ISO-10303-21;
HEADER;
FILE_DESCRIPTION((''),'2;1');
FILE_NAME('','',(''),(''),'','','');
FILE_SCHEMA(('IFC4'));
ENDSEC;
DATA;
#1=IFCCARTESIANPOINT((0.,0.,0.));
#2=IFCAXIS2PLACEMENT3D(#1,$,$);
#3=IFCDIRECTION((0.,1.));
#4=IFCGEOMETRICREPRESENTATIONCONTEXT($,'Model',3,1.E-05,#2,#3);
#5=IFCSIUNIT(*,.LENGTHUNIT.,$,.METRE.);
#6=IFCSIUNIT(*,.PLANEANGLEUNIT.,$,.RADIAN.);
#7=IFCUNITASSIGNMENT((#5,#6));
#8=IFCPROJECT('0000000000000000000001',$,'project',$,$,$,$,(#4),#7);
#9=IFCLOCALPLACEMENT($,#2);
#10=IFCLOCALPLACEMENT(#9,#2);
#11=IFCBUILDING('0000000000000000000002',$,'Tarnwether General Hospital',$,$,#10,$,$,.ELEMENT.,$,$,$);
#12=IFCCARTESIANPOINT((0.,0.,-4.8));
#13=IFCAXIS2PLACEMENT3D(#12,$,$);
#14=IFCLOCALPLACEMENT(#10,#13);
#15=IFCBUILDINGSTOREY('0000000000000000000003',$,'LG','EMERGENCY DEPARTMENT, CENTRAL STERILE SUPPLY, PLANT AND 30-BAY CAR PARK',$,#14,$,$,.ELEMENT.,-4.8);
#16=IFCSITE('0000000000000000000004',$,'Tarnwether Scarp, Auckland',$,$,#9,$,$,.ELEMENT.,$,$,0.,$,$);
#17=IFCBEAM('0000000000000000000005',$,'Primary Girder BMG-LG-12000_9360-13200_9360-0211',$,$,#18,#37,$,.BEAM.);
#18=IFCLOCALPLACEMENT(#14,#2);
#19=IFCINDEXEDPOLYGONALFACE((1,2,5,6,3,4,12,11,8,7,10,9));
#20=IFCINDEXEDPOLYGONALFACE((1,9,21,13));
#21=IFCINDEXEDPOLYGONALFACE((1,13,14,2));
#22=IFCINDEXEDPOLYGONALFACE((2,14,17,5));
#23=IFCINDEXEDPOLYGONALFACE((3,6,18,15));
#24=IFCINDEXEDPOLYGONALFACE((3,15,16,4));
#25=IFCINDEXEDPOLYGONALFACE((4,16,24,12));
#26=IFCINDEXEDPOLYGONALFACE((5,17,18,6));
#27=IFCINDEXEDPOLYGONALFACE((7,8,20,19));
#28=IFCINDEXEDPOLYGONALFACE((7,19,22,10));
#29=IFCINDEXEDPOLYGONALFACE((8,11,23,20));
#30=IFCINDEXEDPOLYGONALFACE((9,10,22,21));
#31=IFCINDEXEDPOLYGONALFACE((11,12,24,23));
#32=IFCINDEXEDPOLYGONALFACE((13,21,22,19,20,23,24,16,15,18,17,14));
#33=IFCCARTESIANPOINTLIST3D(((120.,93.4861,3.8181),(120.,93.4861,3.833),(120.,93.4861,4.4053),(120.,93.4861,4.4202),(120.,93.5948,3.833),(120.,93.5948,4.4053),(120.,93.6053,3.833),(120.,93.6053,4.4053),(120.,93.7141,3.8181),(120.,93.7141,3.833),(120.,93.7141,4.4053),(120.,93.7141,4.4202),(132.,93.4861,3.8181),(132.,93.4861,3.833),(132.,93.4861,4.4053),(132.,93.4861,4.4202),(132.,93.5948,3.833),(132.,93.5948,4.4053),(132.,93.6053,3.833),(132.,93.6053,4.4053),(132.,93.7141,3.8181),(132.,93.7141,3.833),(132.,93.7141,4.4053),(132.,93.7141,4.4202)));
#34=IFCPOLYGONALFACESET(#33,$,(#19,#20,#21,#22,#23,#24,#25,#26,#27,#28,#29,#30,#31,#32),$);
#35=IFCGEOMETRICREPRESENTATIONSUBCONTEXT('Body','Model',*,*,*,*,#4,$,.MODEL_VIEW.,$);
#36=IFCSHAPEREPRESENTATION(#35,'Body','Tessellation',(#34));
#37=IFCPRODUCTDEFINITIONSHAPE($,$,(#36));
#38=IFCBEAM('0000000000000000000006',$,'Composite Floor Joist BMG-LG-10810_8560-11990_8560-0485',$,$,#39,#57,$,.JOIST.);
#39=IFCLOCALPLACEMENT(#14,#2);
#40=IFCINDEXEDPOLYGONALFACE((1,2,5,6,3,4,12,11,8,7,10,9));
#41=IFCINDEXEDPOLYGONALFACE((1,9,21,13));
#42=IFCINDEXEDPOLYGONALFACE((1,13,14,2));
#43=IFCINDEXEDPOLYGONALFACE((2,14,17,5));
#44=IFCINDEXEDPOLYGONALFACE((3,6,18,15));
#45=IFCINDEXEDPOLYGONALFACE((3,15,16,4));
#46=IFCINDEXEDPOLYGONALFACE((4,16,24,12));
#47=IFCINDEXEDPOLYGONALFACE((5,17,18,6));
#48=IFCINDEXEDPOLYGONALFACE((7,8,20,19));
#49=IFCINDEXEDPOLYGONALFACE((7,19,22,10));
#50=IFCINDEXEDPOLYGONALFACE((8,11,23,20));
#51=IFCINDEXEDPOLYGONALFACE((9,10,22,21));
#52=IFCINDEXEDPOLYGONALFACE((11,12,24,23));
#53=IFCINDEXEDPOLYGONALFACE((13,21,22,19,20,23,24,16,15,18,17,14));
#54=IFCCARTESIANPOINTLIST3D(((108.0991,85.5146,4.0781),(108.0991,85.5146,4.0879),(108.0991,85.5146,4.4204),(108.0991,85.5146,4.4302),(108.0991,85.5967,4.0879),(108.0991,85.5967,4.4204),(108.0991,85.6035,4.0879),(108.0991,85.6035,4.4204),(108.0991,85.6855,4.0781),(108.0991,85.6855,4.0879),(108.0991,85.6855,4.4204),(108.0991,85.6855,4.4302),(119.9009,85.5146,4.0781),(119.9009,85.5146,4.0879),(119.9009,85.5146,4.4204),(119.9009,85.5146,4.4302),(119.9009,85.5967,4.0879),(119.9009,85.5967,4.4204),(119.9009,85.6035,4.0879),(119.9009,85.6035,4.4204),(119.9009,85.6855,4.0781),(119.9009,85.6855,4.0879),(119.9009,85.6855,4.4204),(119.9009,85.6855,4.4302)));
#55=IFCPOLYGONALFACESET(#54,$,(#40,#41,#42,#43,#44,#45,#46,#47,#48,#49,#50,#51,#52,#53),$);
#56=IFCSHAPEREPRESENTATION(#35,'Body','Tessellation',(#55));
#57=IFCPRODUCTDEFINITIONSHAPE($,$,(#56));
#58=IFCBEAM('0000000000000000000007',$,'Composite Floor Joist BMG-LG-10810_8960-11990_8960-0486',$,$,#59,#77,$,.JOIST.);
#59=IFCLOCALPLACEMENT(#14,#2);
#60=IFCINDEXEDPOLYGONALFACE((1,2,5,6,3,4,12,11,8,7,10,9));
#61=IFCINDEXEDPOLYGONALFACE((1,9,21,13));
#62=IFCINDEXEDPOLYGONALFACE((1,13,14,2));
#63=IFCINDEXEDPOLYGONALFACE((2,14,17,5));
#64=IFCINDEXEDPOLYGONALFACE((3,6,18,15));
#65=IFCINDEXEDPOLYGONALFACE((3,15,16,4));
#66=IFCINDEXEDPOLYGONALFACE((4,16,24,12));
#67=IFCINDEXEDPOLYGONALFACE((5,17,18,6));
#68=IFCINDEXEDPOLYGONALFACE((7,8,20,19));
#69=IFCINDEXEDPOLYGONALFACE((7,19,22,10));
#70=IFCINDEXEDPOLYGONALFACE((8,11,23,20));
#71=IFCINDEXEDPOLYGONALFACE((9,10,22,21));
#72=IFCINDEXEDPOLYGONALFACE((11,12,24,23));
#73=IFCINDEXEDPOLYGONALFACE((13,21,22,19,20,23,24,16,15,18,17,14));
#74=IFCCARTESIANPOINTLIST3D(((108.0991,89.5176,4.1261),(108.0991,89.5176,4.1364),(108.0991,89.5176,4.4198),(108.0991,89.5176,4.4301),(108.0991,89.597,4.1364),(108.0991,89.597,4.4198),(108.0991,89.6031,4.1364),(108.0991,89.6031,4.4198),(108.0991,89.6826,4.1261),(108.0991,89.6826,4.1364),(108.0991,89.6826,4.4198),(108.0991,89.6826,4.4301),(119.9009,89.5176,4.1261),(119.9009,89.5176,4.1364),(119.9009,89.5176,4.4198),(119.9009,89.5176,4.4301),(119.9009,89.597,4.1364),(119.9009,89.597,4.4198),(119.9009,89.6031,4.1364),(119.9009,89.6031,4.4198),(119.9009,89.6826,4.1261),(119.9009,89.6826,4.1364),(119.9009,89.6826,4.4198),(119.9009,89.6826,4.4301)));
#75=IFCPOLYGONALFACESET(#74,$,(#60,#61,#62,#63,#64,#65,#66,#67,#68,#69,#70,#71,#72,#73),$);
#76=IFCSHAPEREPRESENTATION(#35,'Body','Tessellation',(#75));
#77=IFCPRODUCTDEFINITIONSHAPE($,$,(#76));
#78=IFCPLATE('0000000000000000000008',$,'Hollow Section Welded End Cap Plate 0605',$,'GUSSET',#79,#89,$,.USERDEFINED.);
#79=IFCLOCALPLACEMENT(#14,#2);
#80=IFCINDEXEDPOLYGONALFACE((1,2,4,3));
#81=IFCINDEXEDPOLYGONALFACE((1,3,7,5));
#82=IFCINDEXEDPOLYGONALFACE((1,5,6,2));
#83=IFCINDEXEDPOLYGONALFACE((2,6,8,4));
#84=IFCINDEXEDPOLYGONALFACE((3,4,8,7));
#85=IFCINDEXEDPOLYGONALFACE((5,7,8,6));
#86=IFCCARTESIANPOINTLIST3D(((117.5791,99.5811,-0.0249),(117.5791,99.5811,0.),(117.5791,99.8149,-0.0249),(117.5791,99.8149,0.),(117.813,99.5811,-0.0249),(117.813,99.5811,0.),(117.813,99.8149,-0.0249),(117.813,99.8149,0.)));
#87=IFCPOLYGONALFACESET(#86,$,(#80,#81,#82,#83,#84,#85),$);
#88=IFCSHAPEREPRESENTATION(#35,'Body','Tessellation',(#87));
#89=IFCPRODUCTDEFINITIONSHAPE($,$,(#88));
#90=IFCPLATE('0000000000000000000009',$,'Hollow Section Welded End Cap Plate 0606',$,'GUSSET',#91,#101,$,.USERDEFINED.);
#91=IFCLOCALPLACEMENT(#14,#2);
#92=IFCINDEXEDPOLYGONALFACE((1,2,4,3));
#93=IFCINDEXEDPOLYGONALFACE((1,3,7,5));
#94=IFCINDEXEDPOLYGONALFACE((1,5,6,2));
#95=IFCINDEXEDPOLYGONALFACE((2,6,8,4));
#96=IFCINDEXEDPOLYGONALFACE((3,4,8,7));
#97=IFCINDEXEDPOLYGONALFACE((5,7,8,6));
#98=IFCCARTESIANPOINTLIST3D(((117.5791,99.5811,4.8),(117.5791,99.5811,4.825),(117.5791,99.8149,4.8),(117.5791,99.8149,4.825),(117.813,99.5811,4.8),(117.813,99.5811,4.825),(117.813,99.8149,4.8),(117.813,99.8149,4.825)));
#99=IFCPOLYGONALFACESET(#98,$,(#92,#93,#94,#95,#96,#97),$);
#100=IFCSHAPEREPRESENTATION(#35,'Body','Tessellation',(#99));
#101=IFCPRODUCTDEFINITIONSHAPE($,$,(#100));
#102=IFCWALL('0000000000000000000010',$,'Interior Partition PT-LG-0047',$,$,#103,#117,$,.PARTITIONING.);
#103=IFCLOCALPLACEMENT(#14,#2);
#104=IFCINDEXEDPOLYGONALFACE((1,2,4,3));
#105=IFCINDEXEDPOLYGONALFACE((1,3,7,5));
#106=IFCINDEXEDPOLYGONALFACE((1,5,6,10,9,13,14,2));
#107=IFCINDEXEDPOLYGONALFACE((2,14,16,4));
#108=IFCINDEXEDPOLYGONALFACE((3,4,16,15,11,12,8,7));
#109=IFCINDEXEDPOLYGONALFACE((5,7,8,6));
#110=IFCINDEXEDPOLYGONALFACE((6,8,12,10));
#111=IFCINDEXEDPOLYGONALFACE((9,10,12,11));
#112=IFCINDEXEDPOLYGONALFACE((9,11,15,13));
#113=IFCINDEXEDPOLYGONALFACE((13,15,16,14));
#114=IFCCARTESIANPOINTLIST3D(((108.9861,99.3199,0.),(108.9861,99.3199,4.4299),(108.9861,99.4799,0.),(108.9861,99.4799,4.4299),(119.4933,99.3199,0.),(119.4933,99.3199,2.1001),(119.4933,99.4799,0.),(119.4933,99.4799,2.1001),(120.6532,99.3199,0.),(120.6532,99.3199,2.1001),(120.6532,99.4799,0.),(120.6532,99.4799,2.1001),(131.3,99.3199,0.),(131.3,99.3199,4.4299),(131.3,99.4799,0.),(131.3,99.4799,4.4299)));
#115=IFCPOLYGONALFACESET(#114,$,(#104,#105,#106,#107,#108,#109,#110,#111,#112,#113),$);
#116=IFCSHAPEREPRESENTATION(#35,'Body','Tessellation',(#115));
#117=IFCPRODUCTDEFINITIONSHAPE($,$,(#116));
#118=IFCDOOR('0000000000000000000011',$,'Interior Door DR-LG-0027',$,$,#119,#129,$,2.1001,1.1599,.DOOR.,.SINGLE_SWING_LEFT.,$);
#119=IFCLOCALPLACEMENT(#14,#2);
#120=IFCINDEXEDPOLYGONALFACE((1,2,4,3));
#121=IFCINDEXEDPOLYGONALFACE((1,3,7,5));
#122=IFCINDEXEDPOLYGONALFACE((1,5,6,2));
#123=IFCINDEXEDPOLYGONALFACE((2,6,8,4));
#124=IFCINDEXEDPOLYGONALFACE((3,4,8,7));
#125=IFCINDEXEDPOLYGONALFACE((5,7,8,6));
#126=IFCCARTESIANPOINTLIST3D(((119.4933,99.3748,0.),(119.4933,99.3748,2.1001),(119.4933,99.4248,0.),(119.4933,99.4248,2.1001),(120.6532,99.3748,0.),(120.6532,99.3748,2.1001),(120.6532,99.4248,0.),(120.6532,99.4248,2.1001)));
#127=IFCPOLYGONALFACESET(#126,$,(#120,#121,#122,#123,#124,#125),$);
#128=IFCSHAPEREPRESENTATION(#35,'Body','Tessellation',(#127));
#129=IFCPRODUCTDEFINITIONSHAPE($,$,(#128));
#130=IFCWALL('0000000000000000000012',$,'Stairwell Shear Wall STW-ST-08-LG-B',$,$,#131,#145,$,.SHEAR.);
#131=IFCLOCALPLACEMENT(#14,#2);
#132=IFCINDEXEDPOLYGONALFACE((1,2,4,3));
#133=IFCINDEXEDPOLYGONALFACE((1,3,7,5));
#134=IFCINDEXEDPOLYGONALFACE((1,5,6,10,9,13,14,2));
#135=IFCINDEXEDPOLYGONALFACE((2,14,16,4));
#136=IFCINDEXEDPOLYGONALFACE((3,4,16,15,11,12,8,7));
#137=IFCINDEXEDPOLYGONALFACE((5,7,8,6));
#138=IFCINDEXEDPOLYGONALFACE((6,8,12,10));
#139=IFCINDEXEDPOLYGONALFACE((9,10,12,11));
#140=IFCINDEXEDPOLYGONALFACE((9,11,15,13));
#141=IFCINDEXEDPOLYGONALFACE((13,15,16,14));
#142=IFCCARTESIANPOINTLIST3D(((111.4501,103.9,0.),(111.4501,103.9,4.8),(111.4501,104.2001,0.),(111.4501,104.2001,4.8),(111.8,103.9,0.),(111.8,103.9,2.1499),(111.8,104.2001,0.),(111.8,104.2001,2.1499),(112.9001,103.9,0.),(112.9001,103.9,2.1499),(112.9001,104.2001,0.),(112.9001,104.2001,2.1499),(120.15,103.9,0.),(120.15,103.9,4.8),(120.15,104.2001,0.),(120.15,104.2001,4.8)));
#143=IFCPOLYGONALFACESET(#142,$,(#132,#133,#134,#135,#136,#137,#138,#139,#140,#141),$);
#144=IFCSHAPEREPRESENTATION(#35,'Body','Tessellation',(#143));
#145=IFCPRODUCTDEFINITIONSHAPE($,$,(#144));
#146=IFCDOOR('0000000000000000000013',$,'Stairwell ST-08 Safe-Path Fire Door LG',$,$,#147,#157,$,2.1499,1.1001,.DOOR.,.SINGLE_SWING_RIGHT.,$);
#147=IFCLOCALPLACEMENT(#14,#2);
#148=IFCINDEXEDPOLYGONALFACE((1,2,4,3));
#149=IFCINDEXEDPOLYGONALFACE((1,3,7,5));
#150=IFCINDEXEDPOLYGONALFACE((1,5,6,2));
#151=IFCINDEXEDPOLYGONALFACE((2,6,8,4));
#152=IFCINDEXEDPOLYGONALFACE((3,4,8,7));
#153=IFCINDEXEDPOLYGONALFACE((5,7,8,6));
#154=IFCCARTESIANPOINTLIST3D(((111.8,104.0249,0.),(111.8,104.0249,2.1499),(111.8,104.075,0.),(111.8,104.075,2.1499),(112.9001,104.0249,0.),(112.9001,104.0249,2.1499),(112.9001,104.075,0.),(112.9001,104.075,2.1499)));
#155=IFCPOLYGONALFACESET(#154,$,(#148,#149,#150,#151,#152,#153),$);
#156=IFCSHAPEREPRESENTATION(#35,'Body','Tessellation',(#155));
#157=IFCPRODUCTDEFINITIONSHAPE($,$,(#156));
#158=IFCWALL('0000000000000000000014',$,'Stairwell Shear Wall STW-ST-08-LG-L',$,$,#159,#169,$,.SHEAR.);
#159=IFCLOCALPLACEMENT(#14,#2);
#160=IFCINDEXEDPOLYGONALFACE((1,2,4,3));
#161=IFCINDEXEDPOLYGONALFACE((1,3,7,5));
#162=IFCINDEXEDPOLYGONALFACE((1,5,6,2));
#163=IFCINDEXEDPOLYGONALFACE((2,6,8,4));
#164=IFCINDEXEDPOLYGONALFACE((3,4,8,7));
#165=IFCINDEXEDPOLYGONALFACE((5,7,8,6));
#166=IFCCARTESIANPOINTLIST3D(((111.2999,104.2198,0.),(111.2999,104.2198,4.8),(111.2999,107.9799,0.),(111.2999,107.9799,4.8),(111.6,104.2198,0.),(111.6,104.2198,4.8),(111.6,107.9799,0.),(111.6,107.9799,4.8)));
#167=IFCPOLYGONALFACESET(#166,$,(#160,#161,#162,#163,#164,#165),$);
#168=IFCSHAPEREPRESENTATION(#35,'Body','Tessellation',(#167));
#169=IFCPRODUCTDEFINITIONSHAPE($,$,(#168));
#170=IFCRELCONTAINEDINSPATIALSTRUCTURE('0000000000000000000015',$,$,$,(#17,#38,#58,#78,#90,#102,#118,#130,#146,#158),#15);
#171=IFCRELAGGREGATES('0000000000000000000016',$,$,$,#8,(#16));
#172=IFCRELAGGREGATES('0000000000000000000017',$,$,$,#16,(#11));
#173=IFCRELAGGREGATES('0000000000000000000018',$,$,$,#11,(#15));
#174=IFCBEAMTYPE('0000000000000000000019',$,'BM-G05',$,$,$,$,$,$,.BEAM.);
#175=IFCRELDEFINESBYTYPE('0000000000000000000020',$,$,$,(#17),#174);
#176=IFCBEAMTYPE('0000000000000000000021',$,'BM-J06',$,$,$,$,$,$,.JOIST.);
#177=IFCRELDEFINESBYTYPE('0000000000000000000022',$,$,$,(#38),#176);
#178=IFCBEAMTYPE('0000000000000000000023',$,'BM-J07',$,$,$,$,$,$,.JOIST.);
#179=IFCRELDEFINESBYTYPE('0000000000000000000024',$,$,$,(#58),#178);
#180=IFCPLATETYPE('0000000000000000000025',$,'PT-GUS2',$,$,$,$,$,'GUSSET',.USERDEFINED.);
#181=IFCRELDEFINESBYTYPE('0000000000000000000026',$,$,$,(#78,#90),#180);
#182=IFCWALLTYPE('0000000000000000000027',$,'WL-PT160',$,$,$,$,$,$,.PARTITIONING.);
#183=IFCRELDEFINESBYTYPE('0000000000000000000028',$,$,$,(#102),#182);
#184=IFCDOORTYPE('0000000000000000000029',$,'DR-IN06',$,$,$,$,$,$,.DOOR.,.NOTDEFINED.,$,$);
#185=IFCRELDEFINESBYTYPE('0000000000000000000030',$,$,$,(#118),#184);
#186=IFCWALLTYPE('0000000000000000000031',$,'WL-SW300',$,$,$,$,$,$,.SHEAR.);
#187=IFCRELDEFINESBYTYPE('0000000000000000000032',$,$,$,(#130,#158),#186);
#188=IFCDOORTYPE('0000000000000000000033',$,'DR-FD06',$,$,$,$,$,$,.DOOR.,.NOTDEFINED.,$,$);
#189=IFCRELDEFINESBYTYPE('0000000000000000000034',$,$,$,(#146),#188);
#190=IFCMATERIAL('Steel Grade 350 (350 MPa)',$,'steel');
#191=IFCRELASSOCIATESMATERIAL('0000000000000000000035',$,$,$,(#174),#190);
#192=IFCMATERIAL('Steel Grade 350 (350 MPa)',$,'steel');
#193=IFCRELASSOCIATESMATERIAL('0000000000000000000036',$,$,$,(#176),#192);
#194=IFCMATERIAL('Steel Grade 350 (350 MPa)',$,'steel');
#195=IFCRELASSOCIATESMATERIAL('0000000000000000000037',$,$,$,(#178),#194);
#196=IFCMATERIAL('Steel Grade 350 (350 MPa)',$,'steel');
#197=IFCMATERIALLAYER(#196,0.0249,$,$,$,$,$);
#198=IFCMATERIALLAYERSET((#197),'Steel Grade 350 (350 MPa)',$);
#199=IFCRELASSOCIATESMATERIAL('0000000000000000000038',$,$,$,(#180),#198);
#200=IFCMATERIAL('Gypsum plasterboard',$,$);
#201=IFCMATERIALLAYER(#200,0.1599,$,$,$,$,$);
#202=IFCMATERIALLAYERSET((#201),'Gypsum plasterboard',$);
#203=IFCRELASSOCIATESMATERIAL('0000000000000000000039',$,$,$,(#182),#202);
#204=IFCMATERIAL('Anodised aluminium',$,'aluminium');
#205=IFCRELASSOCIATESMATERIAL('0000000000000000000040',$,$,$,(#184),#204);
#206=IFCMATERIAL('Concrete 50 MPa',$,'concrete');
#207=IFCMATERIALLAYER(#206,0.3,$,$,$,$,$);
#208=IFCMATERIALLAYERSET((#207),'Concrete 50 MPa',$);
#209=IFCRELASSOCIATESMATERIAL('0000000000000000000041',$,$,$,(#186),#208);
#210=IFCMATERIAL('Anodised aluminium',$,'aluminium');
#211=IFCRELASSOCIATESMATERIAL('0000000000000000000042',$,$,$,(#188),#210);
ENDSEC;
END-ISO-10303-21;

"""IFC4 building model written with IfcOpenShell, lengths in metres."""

from ifc_helpers import new_model, si_unit, direction, frame, frame_2d, origin, origin_2d, place, context, subcontext, project, spatial, rectangle, i_section, extrude, material, layer, layer_set, material_profile, profile_set, type_object, element, fill, save


model = new_model("IFC4")

# Units and contexts
model_context = context("Model", 3, precision=1e-05, world=origin(), true_north=direction((0.0, 1.0)))
body_context = subcontext(model_context, "Body", "Model", "MODEL_VIEW")
ifc_project = project(units=[si_unit("LENGTHUNIT", "METRE"), si_unit("PLANEANGLEUNIT", "RADIAN")], contexts=[model_context])

# Site, building, storey
site_placement = place(None, origin())
site = spatial("IfcSite", under=ifc_project, at=site_placement, Name="Tarnwether Scarp, Auckland", CompositionType="ELEMENT", RefElevation=0.0)
building_placement = place(site_placement, origin())
building = spatial("IfcBuilding", under=site, at=building_placement, Name="Tarnwether General Hospital", CompositionType="ELEMENT")
storey_placement = place(building_placement, frame((0.0, 0.0, -4.8)))
storey = spatial("IfcBuildingStorey", under=building, at=storey_placement, Name="LG", Description="EMERGENCY DEPARTMENT, CENTRAL STERILE SUPPLY, PLANT AND 30-BAY CAR PARK", CompositionType="ELEMENT", Elevation=-4.8)

# Beams
ifc_material_1 = material(Name="Steel Grade 350 (350 MPa)", Category="steel")
ifc_material_profile_1 = material_profile(ifc_material_1, i_section(OverallWidth=0.228, OverallDepth=0.6021, WebThickness=0.0105, FlangeThickness=0.0149, at=origin_2d()), Name="610UB101")
ifc_profile_set_1 = profile_set([ifc_material_profile_1], Name="Steel Grade 350 (350 MPa)")
beam_type_1 = type_object("IfcBeamType", Name="BM-G05", PredefinedType="BEAM", material=ifc_profile_set_1)
beam_1_placement = place(storey_placement, frame((120.0, 93.6001, 4.1191), z_axis=(1.0, 0.0, 0.0), x_axis=(0.0, 1.0, 0.0)))
element("IfcBeam", 1, at=beam_1_placement, inside=storey, type_object=beam_type_1, Name="Primary Girder BMG-LG-12000_9360-13200_9360-0211", PredefinedType="BEAM", context=body_context, shape_type="SweptSolid", body=[
    extrude(i_section(OverallWidth=0.228, OverallDepth=0.6021, WebThickness=0.0105, FlangeThickness=0.0149, at=origin_2d()), origin(), (0.0, 0.0, 1.0), 12.0),
])
ifc_material_2 = material(Name="Steel Grade 350 (350 MPa)", Category="steel")
ifc_material_profile_2 = material_profile(ifc_material_2, i_section(OverallWidth=0.1709, OverallDepth=0.3521, WebThickness=0.0068, FlangeThickness=0.0098, at=origin_2d()), Name="360UB44.7")
ifc_profile_set_2 = profile_set([ifc_material_profile_2], Name="Steel Grade 350 (350 MPa)")
beam_type_2 = type_object("IfcBeamType", Name="BM-J06", PredefinedType="JOIST", material=ifc_profile_set_2)
beam_2_placement = place(storey_placement, frame((108.0991, 85.6001, 4.2542), z_axis=(1.0, 0.0, 0.0), x_axis=(0.0, 1.0, 0.0)))
element("IfcBeam", 2, at=beam_2_placement, inside=storey, type_object=beam_type_2, Name="Composite Floor Joist BMG-LG-10810_8560-11990_8560-0485", PredefinedType="JOIST", context=body_context, shape_type="SweptSolid", body=[
    extrude(i_section(OverallWidth=0.1709, OverallDepth=0.3521, WebThickness=0.0068, FlangeThickness=0.0098, at=origin_2d()), origin(), (0.0, 0.0, 1.0), 11.8018),
])
ifc_material_3 = material(Name="Steel Grade 350 (350 MPa)", Category="steel")
ifc_material_profile_3 = material_profile(ifc_material_3, i_section(OverallWidth=0.165, OverallDepth=0.304, WebThickness=0.0061, FlangeThickness=0.0103, at=origin_2d()), Name="310UB40.4")
ifc_profile_set_3 = profile_set([ifc_material_profile_3], Name="Steel Grade 350 (350 MPa)")
beam_type_3 = type_object("IfcBeamType", Name="BM-J07", PredefinedType="JOIST", material=ifc_profile_set_3)
beam_3_placement = place(storey_placement, frame((108.0991, 89.6001, 4.2781), z_axis=(1.0, 0.0, 0.0), x_axis=(0.0, 1.0, 0.0)))
element("IfcBeam", 3, at=beam_3_placement, inside=storey, type_object=beam_type_3, Name="Composite Floor Joist BMG-LG-10810_8960-11990_8960-0486", PredefinedType="JOIST", context=body_context, shape_type="SweptSolid", body=[
    extrude(i_section(OverallWidth=0.165, OverallDepth=0.304, WebThickness=0.0061, FlangeThickness=0.0103, at=origin_2d()), origin(), (0.0, 0.0, 1.0), 11.8018),
])

# Plates
ifc_material_4 = material(Name="Steel Grade 350 (350 MPa)", Category="steel")
ifc_layer_1 = layer(ifc_material_4, 0.0249)
ifc_layer_set_1 = layer_set([ifc_layer_1], Name="Steel Grade 350 (350 MPa)")
plate_type = type_object("IfcPlateType", Name="PT-GUS2", ElementType="GUSSET", PredefinedType="USERDEFINED", material=ifc_layer_set_1)
for number, where, z_axis, x_axis, name in (
    (4, (117.696, 99.698, -0.0249), (0.0, 0.0, 1.0), (1.0, 0.0, 0.0), "Hollow Section Welded End Cap Plate 0605"),
    (5, (117.696, 99.698, 4.8), (0.0, 0.0, 1.0), (1.0, 0.0, 0.0), "Hollow Section Welded End Cap Plate 0606"),
):
    element("IfcPlate", number, at=place(storey_placement, frame(where, z_axis=z_axis, x_axis=x_axis)), inside=storey, type_object=plate_type, Name=name, ObjectType="GUSSET", PredefinedType="USERDEFINED", context=body_context, shape_type="SweptSolid", body=[
        extrude(rectangle(XDim=0.2339, YDim=0.2339, at=origin_2d()), origin(), (0.0, 0.0, 1.0), 0.0249),
    ])

# Walls, openings, doors
ifc_material_5 = material(Name="Gypsum plasterboard")
ifc_layer_2 = layer(ifc_material_5, 0.1599)
ifc_layer_set_2 = layer_set([ifc_layer_2], Name="Gypsum plasterboard")
wall_type_1 = type_object("IfcWallType", Name="WL-PT160", PredefinedType="PARTITIONING", material=ifc_layer_set_2)
wall_1_placement = place(storey_placement, frame((108.9861, 99.3999, 0.0), z_axis=(0.0, 0.0, 1.0), x_axis=(1.0, 0.0, 0.0)))
wall_1 = element("IfcWall", 6, at=wall_1_placement, inside=storey, type_object=wall_type_1, Name="Interior Partition PT-LG-0047", PredefinedType="PARTITIONING", context=body_context, shape_type="SweptSolid", body=[
    extrude(rectangle(XDim=22.314, YDim=0.1599, at=frame_2d((11.157, 0.0))), origin(), (0.0, 0.0, 1.0), 4.4299),
])
opening_1_placement = place(wall_1_placement, frame((10.5071, 0.0, 0.0)))
opening_1 = element("IfcOpeningElement", 7, at=opening_1_placement, cuts=wall_1, PredefinedType="OPENING", context=body_context, shape_type="SweptSolid", body=[
    extrude(rectangle(XDim=1.1599, YDim=2.1001, at=frame_2d((0.5801, 1.05))), frame((0.0, 0.0898, 0.0), z_axis=(0.0, -1.0, 0.0), x_axis=(1.0, 0.0, 0.0)), (0.0, 0.0, 1.0), 0.1799),
])
ifc_material_6 = material(Name="Anodised aluminium", Category="aluminium")
door_type_1 = type_object("IfcDoorType", Name="DR-IN06", OperationType="NOTDEFINED", PredefinedType="DOOR", material=ifc_material_6)
door_1_placement = place(opening_1_placement, origin())
door_1 = element("IfcDoor", 8, at=door_1_placement, inside=storey, type_object=door_type_1, Name="Interior Door DR-LG-0027", OperationType="SINGLE_SWING_LEFT", OverallHeight=2.1001, OverallWidth=1.1599, PredefinedType="DOOR", context=body_context, shape_type="SweptSolid", body=[
    extrude(rectangle(XDim=1.1599, YDim=2.1001, at=frame_2d((0.5801, 1.05))), frame((0.0, 0.0249, 0.0), z_axis=(0.0, -1.0, 0.0), x_axis=(1.0, 0.0, 0.0)), (0.0, 0.0, 1.0), 0.05),
])
fill(opening_1, door_1)
ifc_material_7 = material(Name="Concrete 50 MPa", Category="concrete")
ifc_layer_3 = layer(ifc_material_7, 0.3)
ifc_layer_set_3 = layer_set([ifc_layer_3], Name="Concrete 50 MPa")
wall_type_2 = type_object("IfcWallType", Name="WL-SW300", PredefinedType="SHEAR", material=ifc_layer_set_3)
wall_2_placement = place(storey_placement, frame((111.45, 104.05, 0.0), z_axis=(0.0, 0.0, 1.0), x_axis=(1.0, 0.0, 0.0)))
wall_2 = element("IfcWall", 9, at=wall_2_placement, inside=storey, type_object=wall_type_2, Name="Stairwell Shear Wall STW-ST-08-LG-B", PredefinedType="SHEAR", context=body_context, shape_type="SweptSolid", body=[
    extrude(rectangle(XDim=8.7, YDim=0.3, at=frame_2d((4.3501, 0.0))), origin(), (0.0, 0.0, 1.0), 4.8),
])
opening_2_placement = place(wall_2_placement, frame((0.3501, 0.0, 0.0)))
opening_2 = element("IfcOpeningElement", 10, at=opening_2_placement, cuts=wall_2, PredefinedType="OPENING", context=body_context, shape_type="SweptSolid", body=[
    extrude(rectangle(XDim=1.1001, YDim=2.1499, at=frame_2d((0.55, 1.075))), frame((0.0, 0.1602, 0.0), z_axis=(0.0, -1.0, 0.0), x_axis=(1.0, 0.0, 0.0)), (0.0, 0.0, 1.0), 0.3201),
])
ifc_material_8 = material(Name="Anodised aluminium", Category="aluminium")
door_type_2 = type_object("IfcDoorType", Name="DR-FD06", OperationType="NOTDEFINED", PredefinedType="DOOR", material=ifc_material_8)
door_2_placement = place(opening_2_placement, origin())
door_2 = element("IfcDoor", 11, at=door_2_placement, inside=storey, type_object=door_type_2, Name="Stairwell ST-08 Safe-Path Fire Door LG", OperationType="SINGLE_SWING_RIGHT", OverallHeight=2.1499, OverallWidth=1.1001, PredefinedType="DOOR", context=body_context, shape_type="SweptSolid", body=[
    extrude(rectangle(XDim=1.1001, YDim=2.1499, at=frame_2d((0.55, 1.075))), frame((0.0, 0.0249, 0.0), z_axis=(0.0, -1.0, 0.0), x_axis=(1.0, 0.0, 0.0)), (0.0, 0.0, 1.0), 0.05),
])
fill(opening_2, door_2)

# Wall
wall_3_placement = place(storey_placement, frame((111.45, 104.22, 0.0), z_axis=(0.0, 0.0, 1.0), x_axis=(0.0, 1.0, 0.0)))
element("IfcWall", 12, at=wall_3_placement, inside=storey, type_object=wall_type_2, Name="Stairwell Shear Wall STW-ST-08-LG-L", PredefinedType="SHEAR", context=body_context, shape_type="SweptSolid", body=[
    extrude(rectangle(XDim=3.76, YDim=0.3, at=frame_2d((1.8799, 0.0))), origin(), (0.0, 0.0, 1.0), 4.8),
])

save(model, "model.ifc")
